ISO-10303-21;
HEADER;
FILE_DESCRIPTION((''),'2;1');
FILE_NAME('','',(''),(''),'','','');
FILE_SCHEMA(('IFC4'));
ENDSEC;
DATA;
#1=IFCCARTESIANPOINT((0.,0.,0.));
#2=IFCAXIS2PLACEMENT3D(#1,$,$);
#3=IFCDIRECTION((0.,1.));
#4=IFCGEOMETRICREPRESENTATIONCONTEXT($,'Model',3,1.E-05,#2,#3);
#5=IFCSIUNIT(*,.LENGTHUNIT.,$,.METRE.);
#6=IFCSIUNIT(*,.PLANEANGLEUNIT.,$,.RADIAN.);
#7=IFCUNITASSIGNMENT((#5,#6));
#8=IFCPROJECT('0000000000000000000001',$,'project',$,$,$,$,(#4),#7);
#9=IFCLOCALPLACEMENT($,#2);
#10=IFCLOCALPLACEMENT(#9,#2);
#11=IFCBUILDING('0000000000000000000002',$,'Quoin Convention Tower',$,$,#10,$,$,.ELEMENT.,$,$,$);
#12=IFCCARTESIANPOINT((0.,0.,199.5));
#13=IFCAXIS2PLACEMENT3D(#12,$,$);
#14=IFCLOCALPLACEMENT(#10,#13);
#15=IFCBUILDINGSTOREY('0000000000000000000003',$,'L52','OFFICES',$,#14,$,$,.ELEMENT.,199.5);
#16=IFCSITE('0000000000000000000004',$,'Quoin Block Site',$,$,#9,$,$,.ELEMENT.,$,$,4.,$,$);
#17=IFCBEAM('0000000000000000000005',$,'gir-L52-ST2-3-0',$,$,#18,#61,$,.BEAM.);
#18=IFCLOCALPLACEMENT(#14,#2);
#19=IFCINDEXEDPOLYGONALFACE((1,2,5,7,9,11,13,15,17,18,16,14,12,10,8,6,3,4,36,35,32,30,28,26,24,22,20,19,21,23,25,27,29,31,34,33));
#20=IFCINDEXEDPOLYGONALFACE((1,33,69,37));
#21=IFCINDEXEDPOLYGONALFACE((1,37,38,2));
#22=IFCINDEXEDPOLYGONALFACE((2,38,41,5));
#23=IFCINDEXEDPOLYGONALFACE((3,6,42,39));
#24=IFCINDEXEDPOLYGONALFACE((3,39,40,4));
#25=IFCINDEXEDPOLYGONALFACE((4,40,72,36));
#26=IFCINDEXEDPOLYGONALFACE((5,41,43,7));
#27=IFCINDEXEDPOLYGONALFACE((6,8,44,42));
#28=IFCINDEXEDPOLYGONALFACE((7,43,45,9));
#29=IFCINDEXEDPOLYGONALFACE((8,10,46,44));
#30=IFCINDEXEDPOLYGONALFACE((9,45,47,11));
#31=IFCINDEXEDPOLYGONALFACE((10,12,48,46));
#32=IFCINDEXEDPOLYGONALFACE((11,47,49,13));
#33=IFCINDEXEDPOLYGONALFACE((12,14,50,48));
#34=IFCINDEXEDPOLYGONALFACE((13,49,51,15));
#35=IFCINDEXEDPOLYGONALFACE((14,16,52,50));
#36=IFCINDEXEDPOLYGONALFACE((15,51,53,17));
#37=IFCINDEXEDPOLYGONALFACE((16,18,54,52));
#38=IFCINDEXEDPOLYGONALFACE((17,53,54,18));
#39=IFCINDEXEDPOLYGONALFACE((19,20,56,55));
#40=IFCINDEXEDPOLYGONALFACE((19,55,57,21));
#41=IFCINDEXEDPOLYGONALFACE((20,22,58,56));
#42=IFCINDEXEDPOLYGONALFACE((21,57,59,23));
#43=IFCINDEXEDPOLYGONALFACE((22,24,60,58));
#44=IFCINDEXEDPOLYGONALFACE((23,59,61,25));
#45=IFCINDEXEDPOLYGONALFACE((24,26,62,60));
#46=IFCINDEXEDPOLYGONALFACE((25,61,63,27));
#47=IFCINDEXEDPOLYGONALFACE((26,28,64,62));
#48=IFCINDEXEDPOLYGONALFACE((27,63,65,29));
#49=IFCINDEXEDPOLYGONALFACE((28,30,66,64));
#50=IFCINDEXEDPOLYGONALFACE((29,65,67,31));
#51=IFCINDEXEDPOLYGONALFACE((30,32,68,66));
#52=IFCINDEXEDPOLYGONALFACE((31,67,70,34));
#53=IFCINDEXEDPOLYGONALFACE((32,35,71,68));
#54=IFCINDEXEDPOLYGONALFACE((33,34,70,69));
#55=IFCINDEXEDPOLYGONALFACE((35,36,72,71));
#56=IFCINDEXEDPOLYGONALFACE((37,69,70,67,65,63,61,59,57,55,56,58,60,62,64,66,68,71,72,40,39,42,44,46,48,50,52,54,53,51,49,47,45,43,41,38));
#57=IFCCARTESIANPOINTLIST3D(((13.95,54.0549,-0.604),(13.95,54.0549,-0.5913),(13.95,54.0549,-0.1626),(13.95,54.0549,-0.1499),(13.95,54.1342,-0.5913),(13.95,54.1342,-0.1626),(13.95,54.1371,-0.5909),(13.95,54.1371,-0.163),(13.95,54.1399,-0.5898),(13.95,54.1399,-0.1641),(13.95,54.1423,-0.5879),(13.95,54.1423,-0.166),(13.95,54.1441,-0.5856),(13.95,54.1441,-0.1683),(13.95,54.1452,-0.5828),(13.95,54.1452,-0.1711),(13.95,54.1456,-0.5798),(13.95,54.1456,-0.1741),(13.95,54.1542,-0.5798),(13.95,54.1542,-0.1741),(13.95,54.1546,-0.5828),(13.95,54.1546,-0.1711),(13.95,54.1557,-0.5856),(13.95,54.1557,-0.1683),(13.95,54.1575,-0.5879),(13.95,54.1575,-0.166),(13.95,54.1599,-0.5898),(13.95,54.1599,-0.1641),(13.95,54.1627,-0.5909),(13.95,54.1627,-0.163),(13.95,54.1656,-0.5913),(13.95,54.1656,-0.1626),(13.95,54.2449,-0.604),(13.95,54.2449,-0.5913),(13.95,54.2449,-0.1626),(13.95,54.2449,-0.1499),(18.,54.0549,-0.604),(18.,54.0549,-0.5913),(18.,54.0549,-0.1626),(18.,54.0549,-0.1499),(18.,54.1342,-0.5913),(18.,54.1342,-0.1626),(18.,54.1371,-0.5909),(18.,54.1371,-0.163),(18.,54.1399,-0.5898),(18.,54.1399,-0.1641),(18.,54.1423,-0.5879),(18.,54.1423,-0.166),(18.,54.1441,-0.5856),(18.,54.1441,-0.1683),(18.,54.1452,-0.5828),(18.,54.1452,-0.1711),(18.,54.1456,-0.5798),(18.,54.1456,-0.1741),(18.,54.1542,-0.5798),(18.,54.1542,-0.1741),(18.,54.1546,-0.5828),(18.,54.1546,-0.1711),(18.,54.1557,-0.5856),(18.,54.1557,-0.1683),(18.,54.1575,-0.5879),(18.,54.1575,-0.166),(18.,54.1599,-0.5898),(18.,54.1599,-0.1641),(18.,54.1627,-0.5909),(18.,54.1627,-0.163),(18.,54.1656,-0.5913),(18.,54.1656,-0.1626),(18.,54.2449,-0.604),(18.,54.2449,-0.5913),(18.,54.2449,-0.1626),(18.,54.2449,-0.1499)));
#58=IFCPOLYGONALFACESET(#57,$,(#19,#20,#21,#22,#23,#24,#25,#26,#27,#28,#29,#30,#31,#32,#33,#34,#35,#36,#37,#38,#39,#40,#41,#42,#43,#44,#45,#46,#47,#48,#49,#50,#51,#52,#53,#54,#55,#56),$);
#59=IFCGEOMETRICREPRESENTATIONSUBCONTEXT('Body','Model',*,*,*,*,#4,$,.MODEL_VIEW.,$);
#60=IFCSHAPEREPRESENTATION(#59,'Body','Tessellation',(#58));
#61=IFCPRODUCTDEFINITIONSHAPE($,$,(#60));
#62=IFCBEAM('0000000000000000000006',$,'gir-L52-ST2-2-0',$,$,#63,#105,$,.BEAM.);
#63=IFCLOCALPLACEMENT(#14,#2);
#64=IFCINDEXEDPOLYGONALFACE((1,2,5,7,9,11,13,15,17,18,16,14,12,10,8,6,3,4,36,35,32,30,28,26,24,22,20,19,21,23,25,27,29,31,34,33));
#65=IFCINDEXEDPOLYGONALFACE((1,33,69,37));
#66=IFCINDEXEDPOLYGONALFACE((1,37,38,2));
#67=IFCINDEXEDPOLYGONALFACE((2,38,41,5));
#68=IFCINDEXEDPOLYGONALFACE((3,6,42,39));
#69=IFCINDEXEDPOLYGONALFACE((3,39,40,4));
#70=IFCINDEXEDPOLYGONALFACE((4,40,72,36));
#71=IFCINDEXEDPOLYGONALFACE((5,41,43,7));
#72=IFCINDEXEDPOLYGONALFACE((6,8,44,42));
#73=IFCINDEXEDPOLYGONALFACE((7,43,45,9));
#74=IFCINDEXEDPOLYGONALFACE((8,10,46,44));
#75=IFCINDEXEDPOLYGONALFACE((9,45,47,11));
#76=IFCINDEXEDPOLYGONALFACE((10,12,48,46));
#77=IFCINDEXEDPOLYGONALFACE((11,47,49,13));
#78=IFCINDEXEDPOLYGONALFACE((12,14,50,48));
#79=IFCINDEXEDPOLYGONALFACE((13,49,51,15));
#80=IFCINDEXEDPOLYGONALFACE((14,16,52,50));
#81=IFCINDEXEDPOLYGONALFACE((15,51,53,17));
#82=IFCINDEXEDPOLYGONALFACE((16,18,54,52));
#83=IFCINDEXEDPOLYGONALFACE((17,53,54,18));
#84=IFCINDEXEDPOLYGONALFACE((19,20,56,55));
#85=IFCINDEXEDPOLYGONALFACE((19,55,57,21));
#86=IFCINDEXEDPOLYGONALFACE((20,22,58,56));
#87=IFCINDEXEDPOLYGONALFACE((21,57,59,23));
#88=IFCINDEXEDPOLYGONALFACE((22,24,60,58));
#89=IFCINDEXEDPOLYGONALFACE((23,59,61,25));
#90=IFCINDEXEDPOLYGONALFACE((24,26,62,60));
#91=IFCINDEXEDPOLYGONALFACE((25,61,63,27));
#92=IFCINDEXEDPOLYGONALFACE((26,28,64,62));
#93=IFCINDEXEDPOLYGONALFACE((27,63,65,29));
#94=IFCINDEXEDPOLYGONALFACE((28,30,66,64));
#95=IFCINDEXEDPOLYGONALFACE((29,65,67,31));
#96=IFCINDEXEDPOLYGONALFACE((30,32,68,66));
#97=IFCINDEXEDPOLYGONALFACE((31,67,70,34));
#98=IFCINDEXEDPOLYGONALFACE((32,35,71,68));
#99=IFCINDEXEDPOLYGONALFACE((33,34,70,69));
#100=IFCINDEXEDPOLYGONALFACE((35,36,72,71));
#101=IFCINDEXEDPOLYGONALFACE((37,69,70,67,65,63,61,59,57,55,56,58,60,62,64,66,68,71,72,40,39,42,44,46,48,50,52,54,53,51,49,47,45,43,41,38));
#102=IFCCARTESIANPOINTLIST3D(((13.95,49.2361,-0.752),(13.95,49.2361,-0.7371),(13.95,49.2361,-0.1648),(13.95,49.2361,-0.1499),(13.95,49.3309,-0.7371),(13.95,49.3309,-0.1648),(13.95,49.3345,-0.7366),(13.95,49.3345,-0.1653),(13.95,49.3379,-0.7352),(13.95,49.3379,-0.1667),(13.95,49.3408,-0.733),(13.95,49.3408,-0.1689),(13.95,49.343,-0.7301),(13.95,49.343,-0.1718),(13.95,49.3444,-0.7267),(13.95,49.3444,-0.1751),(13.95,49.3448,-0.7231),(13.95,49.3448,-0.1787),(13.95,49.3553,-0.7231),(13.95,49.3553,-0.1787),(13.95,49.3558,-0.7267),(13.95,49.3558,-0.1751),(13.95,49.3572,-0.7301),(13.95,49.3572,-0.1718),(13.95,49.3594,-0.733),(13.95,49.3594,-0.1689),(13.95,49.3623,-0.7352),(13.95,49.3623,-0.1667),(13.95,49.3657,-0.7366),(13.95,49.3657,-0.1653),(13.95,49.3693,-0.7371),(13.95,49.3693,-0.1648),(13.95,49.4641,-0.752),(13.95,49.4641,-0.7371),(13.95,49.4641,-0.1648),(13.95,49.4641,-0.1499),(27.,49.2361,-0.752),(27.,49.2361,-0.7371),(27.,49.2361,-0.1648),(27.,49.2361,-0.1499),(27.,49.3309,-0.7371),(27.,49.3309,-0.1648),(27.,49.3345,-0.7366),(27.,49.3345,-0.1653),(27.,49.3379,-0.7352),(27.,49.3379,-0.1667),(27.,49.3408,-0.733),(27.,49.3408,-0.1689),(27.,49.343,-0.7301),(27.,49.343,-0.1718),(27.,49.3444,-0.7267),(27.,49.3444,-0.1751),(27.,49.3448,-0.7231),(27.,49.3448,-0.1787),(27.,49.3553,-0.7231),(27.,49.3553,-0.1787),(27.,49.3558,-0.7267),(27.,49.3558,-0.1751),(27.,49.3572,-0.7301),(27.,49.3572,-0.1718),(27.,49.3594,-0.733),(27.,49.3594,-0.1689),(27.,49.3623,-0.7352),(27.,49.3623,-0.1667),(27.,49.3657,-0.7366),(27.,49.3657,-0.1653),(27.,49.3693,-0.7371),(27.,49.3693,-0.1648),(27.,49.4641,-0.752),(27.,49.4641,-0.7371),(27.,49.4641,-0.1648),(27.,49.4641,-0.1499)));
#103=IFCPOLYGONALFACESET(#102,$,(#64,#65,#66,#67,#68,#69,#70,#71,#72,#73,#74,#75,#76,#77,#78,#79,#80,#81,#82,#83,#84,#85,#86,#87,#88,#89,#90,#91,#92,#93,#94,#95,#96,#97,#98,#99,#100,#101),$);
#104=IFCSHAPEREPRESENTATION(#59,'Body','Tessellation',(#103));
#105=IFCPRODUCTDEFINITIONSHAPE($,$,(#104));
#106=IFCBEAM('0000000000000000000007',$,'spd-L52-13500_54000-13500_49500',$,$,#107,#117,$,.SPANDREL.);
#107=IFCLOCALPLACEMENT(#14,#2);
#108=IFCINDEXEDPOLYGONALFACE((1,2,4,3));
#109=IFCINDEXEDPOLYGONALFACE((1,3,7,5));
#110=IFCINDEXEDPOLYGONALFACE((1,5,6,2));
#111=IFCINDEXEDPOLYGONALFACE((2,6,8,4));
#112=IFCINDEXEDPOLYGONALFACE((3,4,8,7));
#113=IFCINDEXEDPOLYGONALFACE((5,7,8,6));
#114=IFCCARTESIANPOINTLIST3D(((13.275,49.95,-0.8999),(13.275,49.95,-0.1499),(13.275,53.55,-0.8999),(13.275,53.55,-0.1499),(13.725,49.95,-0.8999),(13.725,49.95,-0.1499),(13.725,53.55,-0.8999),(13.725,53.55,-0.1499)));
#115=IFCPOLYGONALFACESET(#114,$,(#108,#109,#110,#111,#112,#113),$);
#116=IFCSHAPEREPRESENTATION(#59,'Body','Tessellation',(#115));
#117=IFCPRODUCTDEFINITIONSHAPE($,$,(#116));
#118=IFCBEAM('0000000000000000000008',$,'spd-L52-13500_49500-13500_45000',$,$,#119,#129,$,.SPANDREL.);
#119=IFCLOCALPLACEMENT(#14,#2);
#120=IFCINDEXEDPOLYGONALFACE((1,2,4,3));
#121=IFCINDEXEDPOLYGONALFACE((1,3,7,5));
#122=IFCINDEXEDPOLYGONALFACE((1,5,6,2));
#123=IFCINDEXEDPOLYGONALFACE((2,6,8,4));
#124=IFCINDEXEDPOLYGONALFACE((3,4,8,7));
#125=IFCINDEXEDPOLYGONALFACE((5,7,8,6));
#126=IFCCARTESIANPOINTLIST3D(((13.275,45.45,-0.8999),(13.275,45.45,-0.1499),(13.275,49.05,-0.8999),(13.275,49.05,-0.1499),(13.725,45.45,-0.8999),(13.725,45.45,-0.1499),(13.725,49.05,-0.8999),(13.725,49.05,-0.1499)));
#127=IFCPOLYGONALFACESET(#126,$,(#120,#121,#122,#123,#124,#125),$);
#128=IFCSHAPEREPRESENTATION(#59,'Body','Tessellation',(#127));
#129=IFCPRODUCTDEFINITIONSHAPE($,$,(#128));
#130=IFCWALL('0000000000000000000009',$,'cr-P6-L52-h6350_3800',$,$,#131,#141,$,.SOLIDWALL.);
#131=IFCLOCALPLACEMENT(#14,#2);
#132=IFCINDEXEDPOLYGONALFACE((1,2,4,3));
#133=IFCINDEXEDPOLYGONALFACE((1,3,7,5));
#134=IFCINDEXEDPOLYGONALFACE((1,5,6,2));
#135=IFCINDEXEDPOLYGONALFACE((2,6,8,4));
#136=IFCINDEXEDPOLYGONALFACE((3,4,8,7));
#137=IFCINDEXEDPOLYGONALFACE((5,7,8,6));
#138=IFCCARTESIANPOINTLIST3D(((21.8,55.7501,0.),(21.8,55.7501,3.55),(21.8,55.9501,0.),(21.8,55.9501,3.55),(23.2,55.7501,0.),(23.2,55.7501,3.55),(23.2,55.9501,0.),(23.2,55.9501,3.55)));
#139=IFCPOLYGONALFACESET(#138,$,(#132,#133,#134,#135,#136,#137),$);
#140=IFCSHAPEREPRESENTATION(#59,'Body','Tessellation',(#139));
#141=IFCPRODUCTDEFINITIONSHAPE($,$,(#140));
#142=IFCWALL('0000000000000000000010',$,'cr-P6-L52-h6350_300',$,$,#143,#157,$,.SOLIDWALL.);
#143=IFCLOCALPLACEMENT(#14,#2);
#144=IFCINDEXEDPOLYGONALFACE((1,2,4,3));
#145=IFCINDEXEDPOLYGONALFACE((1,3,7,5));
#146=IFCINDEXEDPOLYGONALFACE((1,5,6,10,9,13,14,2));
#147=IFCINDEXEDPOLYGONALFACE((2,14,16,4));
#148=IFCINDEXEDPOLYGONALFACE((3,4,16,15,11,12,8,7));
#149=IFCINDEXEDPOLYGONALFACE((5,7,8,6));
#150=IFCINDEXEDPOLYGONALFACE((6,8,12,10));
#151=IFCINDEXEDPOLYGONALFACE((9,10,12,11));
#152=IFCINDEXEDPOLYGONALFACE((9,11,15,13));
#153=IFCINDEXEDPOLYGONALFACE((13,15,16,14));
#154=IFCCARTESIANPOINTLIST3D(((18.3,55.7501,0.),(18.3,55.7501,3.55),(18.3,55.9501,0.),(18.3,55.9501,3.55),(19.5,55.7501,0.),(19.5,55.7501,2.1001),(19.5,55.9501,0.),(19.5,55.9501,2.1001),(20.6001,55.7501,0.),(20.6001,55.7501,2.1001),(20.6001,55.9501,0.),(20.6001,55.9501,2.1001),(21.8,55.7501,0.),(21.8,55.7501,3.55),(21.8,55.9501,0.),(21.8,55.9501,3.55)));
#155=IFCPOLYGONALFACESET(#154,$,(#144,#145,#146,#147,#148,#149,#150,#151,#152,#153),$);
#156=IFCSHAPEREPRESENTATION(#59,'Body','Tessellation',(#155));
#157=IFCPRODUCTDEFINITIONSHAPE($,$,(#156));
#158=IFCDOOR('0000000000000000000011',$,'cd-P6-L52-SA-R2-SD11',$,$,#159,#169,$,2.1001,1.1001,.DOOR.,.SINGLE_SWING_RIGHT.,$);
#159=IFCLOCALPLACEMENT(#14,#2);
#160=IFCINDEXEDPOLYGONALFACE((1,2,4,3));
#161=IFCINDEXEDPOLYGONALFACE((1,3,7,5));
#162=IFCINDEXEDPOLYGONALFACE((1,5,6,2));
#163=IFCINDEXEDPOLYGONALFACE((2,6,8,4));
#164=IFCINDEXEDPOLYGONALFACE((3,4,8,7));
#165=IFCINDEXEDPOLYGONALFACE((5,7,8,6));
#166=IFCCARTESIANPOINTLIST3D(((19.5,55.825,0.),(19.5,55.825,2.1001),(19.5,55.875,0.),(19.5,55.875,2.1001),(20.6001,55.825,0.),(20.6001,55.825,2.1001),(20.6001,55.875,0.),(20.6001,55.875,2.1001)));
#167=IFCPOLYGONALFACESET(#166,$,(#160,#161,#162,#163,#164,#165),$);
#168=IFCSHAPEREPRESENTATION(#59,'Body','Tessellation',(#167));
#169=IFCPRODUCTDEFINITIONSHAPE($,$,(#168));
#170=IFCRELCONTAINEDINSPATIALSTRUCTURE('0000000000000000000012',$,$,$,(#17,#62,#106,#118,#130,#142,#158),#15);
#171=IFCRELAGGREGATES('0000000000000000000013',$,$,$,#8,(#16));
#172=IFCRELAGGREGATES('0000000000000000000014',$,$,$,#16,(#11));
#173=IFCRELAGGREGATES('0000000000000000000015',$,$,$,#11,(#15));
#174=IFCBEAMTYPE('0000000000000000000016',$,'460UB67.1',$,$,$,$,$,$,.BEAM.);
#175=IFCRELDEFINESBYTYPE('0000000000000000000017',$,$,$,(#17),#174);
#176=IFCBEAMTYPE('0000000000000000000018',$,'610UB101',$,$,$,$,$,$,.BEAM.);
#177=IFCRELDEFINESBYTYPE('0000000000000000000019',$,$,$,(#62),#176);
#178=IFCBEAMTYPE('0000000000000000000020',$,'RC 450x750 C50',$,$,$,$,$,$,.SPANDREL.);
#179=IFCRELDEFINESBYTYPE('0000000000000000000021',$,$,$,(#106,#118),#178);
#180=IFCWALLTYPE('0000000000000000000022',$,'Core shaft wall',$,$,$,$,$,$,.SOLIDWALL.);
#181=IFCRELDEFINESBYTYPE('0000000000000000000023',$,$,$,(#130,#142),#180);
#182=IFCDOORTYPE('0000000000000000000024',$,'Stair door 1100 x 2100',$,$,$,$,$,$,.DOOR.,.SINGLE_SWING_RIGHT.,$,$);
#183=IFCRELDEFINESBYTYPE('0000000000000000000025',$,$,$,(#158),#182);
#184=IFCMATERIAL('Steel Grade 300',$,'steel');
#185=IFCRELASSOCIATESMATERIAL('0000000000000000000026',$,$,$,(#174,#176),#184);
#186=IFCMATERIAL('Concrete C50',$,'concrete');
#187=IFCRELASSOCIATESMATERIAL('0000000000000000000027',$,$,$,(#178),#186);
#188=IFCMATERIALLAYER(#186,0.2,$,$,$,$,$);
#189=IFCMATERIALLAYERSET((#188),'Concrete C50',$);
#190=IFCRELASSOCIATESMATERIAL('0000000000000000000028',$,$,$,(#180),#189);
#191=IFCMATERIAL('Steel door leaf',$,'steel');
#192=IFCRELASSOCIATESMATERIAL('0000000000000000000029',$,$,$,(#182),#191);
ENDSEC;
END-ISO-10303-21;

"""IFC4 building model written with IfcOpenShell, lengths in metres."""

from ifc_helpers import new_model, si_unit, direction, frame, frame_2d, origin, origin_2d, place, context, subcontext, project, spatial, rectangle, i_section, extrude, material, layer, layer_set, material_profile, profile_set, type_object, element, fill, save


model = new_model("IFC4")

# Units and contexts
model_context = context("Model", 3, precision=1e-05, world=origin(), true_north=direction((0.0, 1.0)))
body_context = subcontext(model_context, "Body", "Model", "MODEL_VIEW")
ifc_project = project(units=[si_unit("LENGTHUNIT", "METRE"), si_unit("PLANEANGLEUNIT", "RADIAN")], contexts=[model_context])

# Site, building, storey
site_placement = place(None, origin())
site = spatial("IfcSite", under=ifc_project, at=site_placement, Name="Quoin Block Site", CompositionType="ELEMENT", RefElevation=4.0)
building_placement = place(site_placement, origin())
building = spatial("IfcBuilding", under=site, at=building_placement, Name="Quoin Convention Tower", CompositionType="ELEMENT")
storey_placement = place(building_placement, frame((0.0, 0.0, 199.5)))
storey = spatial("IfcBuildingStorey", under=building, at=storey_placement, Name="L52", Description="OFFICES", CompositionType="ELEMENT", Elevation=199.5)

# Shared definitions
ifc_material_1 = material(Name="Concrete C50", Category="concrete")

# Beams
ifc_material_2 = material(Name="Steel Grade 300", Category="steel")
ifc_material_profile_1 = material_profile(ifc_material_2, i_section(OverallWidth=0.1899, OverallDepth=0.4541, WebThickness=0.0085, FlangeThickness=0.0127, FilletRadius=0.0115, at=origin_2d()), Name="460UB67.1")
ifc_profile_set_1 = profile_set([ifc_material_profile_1], Name="Steel Grade 300")
beam_type_1 = type_object("IfcBeamType", Name="460UB67.1", PredefinedType="BEAM", material=ifc_profile_set_1)
beam_1_placement = place(storey_placement, frame((13.95, 54.1499, -0.377), z_axis=(1.0, 0.0, 0.0), x_axis=(0.0, 1.0, 0.0)))
element("IfcBeam", 1, at=beam_1_placement, inside=storey, type_object=beam_type_1, Name="gir-L52-ST2-3-0", PredefinedType="BEAM", context=body_context, shape_type="SweptSolid", body=[
    extrude(i_section(OverallWidth=0.1899, OverallDepth=0.4541, WebThickness=0.0085, FlangeThickness=0.0127, FilletRadius=0.0115, at=origin_2d()), origin(), (0.0, 0.0, 1.0), 4.05),
])
ifc_material_profile_2 = material_profile(ifc_material_2, i_section(OverallWidth=0.228, OverallDepth=0.6021, WebThickness=0.0105, FlangeThickness=0.0149, FilletRadius=0.0139, at=origin_2d()), Name="610UB101")
ifc_profile_set_2 = profile_set([ifc_material_profile_2], Name="Steel Grade 300")
beam_type_2 = type_object("IfcBeamType", Name="610UB101", PredefinedType="BEAM", material=ifc_profile_set_2)
beam_2_placement = place(storey_placement, frame((13.95, 49.3501, -0.4509), z_axis=(1.0, 0.0, 0.0), x_axis=(0.0, 1.0, 0.0)))
element("IfcBeam", 2, at=beam_2_placement, inside=storey, type_object=beam_type_2, Name="gir-L52-ST2-2-0", PredefinedType="BEAM", context=body_context, shape_type="SweptSolid", body=[
    extrude(i_section(OverallWidth=0.228, OverallDepth=0.6021, WebThickness=0.0105, FlangeThickness=0.0149, FilletRadius=0.0139, at=origin_2d()), origin(), (0.0, 0.0, 1.0), 13.05),
])
ifc_material_profile_3 = material_profile(ifc_material_1, rectangle(XDim=0.45, YDim=0.75, at=origin_2d()), Name="RC 450x750")
ifc_profile_set_3 = profile_set([ifc_material_profile_3], Name="Concrete C50")
beam_type_3 = type_object("IfcBeamType", Name="RC 450x750 C50", PredefinedType="SPANDREL", material=ifc_profile_set_3)
for number, where, z_axis, x_axis, name in (
    (3, (13.5, 53.55, -0.5249), (0.0, -1.0, 0.0), (1.0, 0.0, 0.0), "spd-L52-13500_54000-13500_49500"),
    (4, (13.5, 49.05, -0.5249), (0.0, -1.0, 0.0), (1.0, 0.0, 0.0), "spd-L52-13500_49500-13500_45000"),
):
    element("IfcBeam", number, at=place(storey_placement, frame(where, z_axis=z_axis, x_axis=x_axis)), inside=storey, type_object=beam_type_3, Name=name, PredefinedType="SPANDREL", context=body_context, shape_type="SweptSolid", body=[
        extrude(rectangle(XDim=0.45, YDim=0.75, at=origin_2d()), origin(), (0.0, 0.0, 1.0), 3.6001),
    ])

# Wall
ifc_layer_1 = layer(ifc_material_1, 0.2)
ifc_layer_set_1 = layer_set([ifc_layer_1], Name="Concrete C50")
wall_type_1 = type_object("IfcWallType", Name="Core shaft wall", PredefinedType="SOLIDWALL", material=ifc_layer_set_1)
wall_1_placement = place(storey_placement, frame((21.8, 55.8501, 0.0), z_axis=(0.0, 0.0, 1.0), x_axis=(1.0, 0.0, 0.0)))
element("IfcWall", 5, at=wall_1_placement, inside=storey, type_object=wall_type_1, Name="cr-P6-L52-h6350_3800", PredefinedType="SOLIDWALL", context=body_context, shape_type="SweptSolid", body=[
    extrude(rectangle(XDim=1.3999, YDim=0.2, at=frame_2d((0.7, 0.0))), origin(), (0.0, 0.0, 1.0), 3.55),
])

# Wall, opening, door
wall_2_placement = place(storey_placement, frame((18.3, 55.8501, 0.0), z_axis=(0.0, 0.0, 1.0), x_axis=(1.0, 0.0, 0.0)))
wall_2 = element("IfcWall", 6, at=wall_2_placement, inside=storey, type_object=wall_type_1, Name="cr-P6-L52-h6350_300", PredefinedType="SOLIDWALL", context=body_context, shape_type="SweptSolid", body=[
    extrude(rectangle(XDim=3.5, YDim=0.2, at=frame_2d((1.75, 0.0))), origin(), (0.0, 0.0, 1.0), 3.55),
])
opening_1_placement = place(wall_2_placement, frame((1.2, 0.0, 0.0)))
opening_1 = element("IfcOpeningElement", 7, at=opening_1_placement, cuts=wall_2, PredefinedType="OPENING", context=body_context, shape_type="SweptSolid", body=[
    extrude(rectangle(XDim=1.1001, YDim=2.1001, at=frame_2d((0.55, 1.05))), frame((0.0, 0.1099, 0.0), z_axis=(0.0, -1.0, 0.0), x_axis=(1.0, 0.0, 0.0)), (0.0, 0.0, 1.0), 0.22),
])
ifc_material_3 = material(Name="Steel door leaf", Category="steel")
door_type = type_object("IfcDoorType", Name="Stair door 1100 x 2100", OperationType="SINGLE_SWING_RIGHT", PredefinedType="DOOR", material=ifc_material_3)
door_1_placement = place(opening_1_placement, origin())
door_1 = element("IfcDoor", 8, at=door_1_placement, inside=storey, type_object=door_type, Name="cd-P6-L52-SA-R2-SD11", OperationType="SINGLE_SWING_RIGHT", OverallHeight=2.1001, OverallWidth=1.1001, PredefinedType="DOOR", context=body_context, shape_type="SweptSolid", body=[
    extrude(rectangle(XDim=1.1001, YDim=2.1001, at=frame_2d((0.55, 1.05))), frame((0.0, 0.0249, 0.0), z_axis=(0.0, -1.0, 0.0), x_axis=(1.0, 0.0, 0.0)), (0.0, 0.0, 1.0), 0.05),
])
fill(opening_1, door_1)

save(model, "model.ifc")
